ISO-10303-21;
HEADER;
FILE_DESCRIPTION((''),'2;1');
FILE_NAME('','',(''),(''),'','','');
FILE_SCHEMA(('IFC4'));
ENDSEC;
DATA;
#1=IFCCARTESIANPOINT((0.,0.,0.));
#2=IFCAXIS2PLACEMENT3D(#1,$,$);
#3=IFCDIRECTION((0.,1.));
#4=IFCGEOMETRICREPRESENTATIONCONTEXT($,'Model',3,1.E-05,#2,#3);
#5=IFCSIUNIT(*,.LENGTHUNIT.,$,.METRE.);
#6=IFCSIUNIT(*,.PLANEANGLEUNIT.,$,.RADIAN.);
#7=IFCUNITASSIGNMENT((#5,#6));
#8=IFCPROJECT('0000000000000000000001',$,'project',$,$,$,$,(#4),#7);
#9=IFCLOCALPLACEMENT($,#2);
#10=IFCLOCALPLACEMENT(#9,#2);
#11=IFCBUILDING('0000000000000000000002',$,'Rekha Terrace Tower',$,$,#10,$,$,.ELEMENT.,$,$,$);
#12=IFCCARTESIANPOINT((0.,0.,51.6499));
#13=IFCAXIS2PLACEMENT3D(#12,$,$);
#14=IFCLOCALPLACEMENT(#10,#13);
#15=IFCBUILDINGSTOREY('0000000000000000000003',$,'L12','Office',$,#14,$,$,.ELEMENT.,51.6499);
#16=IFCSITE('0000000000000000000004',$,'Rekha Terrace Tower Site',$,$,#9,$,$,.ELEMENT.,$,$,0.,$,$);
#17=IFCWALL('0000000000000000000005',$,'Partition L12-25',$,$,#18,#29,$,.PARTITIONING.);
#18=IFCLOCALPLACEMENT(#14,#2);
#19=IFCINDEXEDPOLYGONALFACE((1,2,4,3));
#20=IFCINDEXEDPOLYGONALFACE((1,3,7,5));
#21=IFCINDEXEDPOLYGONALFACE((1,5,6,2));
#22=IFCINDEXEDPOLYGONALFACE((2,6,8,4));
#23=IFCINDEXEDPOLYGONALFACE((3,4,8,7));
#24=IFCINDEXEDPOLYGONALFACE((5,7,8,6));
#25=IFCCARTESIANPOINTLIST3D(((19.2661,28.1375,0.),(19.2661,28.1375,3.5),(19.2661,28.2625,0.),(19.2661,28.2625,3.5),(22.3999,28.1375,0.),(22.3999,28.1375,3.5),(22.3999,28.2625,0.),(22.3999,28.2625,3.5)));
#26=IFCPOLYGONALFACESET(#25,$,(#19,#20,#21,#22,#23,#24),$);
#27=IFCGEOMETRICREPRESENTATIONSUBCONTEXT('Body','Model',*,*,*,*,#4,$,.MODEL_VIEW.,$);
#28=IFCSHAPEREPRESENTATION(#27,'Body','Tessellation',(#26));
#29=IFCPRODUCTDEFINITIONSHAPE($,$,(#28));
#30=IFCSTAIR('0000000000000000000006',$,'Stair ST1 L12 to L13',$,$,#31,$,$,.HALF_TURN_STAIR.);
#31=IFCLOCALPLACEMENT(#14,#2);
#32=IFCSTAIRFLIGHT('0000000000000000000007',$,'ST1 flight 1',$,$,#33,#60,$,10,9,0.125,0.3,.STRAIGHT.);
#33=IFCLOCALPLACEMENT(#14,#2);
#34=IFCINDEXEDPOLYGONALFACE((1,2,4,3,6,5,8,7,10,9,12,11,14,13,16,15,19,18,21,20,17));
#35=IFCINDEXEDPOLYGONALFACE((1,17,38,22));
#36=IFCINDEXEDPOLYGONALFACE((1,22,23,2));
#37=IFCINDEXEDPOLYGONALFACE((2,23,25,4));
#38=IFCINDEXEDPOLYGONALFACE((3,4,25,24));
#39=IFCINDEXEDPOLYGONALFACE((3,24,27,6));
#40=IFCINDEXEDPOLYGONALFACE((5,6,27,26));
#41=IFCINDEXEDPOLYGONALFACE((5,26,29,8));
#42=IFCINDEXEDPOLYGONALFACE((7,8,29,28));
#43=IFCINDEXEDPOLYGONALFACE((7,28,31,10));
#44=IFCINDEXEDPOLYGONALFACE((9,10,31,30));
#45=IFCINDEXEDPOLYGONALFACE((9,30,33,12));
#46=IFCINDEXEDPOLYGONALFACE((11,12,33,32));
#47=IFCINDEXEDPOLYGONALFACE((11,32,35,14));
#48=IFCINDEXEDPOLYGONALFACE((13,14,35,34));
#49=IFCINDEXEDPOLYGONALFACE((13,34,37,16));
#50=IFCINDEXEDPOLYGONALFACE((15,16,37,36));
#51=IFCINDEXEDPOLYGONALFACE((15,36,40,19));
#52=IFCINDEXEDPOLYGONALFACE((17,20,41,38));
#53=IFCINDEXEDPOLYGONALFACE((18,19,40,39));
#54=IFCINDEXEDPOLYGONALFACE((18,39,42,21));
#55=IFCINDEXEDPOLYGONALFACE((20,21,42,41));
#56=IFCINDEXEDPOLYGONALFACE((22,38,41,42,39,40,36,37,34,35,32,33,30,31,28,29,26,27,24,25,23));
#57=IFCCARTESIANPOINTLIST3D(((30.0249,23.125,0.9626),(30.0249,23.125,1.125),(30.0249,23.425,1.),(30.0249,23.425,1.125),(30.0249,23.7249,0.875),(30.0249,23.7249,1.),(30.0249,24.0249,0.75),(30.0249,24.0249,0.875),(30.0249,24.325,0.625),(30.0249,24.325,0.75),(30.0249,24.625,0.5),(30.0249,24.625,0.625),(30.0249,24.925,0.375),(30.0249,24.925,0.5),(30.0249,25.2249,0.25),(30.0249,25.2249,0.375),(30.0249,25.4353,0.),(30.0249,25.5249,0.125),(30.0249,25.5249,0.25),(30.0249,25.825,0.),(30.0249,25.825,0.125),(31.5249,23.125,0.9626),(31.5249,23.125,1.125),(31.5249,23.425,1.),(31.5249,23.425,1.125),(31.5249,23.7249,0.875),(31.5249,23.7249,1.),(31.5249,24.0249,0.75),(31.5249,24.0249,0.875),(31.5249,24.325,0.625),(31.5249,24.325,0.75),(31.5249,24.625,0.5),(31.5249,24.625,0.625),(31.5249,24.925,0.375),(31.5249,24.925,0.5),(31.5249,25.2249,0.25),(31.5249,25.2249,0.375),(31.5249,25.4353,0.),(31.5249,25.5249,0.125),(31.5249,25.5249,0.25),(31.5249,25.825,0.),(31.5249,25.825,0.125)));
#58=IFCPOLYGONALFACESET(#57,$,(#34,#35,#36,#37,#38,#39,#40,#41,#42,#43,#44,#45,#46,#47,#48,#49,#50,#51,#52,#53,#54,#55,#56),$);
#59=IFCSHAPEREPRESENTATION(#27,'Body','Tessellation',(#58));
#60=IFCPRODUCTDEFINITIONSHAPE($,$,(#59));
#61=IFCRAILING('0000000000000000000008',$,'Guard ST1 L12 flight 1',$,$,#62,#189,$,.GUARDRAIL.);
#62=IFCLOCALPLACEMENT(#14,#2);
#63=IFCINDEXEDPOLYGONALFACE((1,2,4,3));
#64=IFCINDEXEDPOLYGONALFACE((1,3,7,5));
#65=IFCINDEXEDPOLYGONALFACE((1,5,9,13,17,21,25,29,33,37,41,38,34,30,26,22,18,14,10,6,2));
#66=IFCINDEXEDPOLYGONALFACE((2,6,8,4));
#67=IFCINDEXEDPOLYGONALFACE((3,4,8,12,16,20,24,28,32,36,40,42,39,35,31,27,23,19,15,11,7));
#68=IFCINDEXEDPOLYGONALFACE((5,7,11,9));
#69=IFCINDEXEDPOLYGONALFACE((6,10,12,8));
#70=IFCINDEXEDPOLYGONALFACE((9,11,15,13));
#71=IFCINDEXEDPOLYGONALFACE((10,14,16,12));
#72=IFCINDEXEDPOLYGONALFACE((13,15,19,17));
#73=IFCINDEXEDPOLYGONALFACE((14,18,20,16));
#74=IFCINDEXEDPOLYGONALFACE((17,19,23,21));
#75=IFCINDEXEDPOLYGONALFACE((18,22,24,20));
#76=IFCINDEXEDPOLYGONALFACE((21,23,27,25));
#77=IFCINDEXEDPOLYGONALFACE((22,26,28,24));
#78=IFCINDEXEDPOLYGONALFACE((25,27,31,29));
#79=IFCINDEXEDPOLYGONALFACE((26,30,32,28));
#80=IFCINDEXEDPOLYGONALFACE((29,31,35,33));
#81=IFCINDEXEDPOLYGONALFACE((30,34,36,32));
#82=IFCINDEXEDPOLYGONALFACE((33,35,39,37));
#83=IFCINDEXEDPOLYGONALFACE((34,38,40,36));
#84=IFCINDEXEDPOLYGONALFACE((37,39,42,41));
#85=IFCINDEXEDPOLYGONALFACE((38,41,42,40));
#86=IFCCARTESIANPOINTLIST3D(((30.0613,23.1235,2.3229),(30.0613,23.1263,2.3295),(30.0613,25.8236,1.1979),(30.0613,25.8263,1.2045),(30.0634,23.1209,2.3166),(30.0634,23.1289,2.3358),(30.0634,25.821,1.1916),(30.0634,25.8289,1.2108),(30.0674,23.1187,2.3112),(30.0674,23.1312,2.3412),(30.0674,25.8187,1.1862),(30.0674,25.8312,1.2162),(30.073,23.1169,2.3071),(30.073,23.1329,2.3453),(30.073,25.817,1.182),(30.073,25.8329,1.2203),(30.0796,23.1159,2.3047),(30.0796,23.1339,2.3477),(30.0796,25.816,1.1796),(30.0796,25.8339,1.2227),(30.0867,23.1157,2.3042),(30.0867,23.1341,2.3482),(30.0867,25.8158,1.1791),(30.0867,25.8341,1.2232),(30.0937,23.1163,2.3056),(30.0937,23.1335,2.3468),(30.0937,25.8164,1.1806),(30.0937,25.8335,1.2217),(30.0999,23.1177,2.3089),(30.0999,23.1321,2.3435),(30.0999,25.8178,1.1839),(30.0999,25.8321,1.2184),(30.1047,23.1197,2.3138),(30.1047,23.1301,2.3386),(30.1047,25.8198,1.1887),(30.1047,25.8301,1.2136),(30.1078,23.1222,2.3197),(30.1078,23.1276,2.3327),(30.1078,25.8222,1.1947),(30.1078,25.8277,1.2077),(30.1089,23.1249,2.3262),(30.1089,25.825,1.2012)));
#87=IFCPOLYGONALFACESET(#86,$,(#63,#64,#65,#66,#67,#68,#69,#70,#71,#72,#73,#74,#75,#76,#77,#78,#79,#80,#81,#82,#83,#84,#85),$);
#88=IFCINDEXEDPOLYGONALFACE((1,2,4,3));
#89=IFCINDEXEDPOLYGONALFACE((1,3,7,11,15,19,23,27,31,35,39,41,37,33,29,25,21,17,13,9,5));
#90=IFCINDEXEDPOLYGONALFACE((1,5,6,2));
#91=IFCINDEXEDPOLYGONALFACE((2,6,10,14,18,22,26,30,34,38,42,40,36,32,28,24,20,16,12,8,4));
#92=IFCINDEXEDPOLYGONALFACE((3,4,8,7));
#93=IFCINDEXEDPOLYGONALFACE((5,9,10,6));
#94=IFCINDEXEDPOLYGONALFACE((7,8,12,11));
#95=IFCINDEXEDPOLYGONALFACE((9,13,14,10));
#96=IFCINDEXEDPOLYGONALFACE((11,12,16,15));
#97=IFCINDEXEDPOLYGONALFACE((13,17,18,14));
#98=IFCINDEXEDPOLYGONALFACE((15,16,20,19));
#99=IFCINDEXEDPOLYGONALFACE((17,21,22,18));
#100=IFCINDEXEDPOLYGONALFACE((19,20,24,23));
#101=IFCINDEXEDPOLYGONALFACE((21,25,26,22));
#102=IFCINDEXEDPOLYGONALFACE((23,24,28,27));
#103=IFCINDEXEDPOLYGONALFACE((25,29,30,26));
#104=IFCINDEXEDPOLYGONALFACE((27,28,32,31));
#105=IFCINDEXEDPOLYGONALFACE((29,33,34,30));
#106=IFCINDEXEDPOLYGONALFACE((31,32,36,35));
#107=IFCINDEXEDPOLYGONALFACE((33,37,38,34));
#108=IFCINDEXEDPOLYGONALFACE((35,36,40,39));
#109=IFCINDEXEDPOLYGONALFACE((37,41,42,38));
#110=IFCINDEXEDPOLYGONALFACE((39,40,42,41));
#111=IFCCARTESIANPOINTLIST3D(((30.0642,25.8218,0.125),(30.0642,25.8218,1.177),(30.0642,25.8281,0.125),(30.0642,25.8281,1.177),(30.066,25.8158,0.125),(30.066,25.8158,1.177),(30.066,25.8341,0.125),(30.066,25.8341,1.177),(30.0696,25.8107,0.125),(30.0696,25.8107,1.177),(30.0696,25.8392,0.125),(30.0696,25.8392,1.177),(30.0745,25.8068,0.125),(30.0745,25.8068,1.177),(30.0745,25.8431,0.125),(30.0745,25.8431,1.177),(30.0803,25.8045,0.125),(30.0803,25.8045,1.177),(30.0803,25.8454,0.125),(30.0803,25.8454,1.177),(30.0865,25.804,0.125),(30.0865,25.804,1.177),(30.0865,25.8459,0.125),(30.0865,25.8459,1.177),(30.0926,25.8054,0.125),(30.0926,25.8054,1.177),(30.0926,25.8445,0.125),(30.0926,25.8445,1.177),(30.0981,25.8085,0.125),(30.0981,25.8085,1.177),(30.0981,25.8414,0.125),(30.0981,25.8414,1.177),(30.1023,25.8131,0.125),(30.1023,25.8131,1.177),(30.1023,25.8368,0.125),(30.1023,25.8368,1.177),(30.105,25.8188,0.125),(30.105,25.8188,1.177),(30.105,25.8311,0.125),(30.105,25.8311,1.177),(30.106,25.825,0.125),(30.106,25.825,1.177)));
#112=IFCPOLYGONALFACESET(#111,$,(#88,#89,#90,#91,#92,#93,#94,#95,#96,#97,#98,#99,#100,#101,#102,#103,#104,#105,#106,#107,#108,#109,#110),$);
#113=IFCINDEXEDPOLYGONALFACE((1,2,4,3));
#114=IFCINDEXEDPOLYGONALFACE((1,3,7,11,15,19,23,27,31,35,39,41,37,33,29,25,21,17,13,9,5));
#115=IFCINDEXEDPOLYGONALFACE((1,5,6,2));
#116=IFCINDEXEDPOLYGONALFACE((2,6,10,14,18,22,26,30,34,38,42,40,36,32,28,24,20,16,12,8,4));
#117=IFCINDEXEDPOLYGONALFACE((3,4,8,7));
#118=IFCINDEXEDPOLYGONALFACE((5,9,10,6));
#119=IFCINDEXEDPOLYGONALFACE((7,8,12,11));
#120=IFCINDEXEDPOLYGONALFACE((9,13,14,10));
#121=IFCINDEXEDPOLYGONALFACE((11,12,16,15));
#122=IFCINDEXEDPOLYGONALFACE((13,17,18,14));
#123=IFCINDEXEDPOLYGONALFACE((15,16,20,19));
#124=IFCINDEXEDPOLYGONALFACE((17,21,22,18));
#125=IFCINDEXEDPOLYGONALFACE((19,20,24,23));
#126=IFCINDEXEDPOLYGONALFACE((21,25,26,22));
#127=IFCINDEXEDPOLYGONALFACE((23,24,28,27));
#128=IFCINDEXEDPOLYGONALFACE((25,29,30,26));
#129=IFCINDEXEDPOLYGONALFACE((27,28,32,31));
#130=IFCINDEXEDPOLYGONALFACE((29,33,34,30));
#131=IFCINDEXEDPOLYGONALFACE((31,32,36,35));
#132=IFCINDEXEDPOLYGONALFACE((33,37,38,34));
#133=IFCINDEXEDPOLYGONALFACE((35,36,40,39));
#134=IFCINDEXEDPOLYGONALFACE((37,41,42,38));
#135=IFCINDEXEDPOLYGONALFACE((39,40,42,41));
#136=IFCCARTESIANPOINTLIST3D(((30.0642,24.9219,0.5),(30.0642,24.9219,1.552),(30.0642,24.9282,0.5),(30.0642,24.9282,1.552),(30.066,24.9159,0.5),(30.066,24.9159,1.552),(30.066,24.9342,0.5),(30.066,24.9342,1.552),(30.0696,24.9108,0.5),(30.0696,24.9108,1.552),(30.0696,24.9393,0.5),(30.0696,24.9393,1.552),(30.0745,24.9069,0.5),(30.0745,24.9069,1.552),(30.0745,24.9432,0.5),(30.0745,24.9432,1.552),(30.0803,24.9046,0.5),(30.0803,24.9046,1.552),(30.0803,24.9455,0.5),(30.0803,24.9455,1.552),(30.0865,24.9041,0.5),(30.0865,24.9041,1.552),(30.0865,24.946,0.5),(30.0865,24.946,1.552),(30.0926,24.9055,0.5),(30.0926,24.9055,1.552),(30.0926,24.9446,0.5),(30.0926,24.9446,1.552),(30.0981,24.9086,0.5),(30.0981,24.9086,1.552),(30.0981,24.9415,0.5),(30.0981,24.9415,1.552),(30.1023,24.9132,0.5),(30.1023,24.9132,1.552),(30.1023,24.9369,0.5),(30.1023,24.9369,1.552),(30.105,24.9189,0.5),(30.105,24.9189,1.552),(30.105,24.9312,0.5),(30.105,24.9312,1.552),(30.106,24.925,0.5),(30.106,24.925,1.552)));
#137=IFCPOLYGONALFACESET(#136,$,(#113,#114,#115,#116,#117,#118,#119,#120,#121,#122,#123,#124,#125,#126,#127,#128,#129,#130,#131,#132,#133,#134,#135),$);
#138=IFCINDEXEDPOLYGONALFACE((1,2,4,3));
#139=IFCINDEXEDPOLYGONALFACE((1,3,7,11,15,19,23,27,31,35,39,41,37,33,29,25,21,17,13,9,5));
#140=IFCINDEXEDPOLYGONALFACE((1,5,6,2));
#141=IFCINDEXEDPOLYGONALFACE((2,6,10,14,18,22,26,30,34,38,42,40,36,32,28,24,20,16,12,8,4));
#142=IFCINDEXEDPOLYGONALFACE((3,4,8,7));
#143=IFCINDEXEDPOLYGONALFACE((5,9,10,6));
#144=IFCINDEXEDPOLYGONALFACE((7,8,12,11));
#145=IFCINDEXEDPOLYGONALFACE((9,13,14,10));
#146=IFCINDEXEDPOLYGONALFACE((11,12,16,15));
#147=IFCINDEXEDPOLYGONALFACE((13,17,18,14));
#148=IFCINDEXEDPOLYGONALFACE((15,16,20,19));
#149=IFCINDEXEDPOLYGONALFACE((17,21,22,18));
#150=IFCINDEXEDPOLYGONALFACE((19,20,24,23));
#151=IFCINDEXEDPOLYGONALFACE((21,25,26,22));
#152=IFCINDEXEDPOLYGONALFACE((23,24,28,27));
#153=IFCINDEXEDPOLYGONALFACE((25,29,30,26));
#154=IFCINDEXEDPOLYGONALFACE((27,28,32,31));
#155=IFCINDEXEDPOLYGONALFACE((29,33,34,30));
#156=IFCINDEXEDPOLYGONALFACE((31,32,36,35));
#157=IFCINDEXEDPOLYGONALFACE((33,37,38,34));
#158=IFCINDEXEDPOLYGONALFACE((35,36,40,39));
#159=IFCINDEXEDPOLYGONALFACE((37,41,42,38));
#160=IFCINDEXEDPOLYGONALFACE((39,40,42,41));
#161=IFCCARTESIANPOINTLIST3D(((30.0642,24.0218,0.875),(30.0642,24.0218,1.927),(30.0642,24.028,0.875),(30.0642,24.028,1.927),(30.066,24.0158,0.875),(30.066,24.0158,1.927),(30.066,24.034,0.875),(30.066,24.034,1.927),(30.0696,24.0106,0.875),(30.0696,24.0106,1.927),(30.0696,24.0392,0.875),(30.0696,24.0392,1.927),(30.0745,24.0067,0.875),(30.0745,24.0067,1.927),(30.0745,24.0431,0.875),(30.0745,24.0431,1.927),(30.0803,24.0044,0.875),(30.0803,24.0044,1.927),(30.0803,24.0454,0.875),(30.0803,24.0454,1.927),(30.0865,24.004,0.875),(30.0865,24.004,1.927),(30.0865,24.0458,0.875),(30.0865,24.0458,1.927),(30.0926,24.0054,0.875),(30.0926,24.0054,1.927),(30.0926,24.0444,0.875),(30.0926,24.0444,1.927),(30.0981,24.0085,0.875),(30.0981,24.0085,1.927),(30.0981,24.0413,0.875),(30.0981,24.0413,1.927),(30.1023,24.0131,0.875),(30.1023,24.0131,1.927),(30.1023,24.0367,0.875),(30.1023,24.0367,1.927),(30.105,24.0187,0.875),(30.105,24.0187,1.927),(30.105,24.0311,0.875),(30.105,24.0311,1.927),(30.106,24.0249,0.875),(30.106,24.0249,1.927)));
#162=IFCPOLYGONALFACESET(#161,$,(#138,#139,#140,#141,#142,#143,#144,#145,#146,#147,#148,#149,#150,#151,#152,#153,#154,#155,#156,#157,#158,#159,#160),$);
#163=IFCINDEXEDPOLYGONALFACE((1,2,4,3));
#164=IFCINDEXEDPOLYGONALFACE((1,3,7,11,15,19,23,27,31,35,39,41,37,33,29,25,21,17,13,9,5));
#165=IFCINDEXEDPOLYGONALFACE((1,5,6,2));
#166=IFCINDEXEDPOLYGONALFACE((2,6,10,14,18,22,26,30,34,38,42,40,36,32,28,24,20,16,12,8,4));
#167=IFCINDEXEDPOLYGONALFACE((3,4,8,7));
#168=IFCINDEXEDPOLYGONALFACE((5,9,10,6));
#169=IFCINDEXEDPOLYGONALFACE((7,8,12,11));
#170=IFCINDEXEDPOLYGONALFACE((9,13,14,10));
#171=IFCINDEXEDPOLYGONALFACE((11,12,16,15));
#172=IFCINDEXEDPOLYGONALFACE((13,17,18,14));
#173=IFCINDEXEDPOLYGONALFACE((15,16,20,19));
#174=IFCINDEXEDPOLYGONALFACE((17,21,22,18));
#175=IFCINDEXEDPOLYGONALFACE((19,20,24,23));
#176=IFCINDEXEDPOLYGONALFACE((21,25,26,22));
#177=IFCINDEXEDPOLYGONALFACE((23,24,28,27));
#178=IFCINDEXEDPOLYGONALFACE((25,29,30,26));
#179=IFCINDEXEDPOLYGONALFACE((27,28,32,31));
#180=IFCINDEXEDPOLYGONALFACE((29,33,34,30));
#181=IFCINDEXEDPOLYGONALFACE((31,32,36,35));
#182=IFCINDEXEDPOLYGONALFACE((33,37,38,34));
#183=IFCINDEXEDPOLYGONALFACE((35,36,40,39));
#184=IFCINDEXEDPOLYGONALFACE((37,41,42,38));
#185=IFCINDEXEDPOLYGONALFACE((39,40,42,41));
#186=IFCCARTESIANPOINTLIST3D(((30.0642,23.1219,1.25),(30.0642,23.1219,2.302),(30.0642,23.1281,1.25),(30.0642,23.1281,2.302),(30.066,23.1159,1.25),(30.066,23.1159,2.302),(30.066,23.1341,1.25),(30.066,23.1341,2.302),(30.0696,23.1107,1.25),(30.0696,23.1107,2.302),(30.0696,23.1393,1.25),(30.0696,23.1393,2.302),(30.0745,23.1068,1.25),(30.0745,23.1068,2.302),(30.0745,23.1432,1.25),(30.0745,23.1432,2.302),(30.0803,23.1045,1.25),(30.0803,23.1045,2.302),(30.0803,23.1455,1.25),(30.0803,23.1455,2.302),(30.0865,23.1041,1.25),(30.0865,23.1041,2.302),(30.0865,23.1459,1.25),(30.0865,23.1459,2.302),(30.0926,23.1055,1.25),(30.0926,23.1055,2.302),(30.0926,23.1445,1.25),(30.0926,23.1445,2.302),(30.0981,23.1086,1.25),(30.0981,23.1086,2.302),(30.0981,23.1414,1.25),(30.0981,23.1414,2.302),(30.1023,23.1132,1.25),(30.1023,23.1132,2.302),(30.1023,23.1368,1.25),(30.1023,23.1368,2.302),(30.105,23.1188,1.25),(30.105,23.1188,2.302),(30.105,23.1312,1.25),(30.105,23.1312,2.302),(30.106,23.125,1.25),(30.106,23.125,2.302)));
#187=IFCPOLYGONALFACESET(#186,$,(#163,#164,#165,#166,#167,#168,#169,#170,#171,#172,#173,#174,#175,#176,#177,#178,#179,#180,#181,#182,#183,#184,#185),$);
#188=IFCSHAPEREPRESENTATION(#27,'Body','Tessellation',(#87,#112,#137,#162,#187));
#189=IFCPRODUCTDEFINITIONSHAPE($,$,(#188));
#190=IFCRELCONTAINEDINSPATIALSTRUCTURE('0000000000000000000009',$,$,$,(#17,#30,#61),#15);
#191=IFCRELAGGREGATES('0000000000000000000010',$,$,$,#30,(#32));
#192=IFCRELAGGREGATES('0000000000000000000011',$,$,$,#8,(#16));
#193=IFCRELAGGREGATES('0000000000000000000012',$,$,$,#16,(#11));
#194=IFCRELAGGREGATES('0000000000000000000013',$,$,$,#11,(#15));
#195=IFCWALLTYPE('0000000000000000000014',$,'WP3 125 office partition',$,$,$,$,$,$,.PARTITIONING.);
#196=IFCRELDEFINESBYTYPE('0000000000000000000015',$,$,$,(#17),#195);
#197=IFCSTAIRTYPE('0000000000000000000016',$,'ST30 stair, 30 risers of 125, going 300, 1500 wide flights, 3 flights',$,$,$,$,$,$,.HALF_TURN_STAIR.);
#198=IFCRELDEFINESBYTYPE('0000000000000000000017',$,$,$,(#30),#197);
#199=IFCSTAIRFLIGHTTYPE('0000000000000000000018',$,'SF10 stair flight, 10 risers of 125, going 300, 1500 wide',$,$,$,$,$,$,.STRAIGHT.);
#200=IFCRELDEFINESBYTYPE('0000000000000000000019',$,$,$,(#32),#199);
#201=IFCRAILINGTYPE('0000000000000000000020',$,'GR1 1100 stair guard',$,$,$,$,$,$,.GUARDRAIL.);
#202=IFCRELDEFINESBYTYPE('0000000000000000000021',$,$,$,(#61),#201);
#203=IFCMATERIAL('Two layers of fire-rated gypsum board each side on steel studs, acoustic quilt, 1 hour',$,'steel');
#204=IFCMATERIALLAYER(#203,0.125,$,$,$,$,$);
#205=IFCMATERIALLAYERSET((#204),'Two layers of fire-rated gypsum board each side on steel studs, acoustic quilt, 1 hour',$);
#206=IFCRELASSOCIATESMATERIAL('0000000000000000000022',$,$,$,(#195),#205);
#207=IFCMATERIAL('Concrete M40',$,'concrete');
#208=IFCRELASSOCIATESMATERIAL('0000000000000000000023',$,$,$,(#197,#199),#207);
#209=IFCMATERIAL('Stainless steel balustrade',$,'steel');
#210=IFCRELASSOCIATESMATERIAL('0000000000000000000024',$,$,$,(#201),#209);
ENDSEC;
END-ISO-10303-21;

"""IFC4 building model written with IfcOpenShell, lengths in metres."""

from ifc_helpers import new_model, si_unit, direction, frame, frame_2d, origin, origin_2d, place, context, subcontext, project, spatial, polyline, rectangle, circle, outline, extrude, material, layer, layer_set, type_object, element, aggregate, save


model = new_model("IFC4")

# Units and contexts
model_context = context("Model", 3, precision=1e-05, world=origin(), true_north=direction((0.0, 1.0)))
body_context = subcontext(model_context, "Body", "Model", "MODEL_VIEW")
ifc_project = project(units=[si_unit("LENGTHUNIT", "METRE"), si_unit("PLANEANGLEUNIT", "RADIAN")], contexts=[model_context])

# Site, building, storey
site_placement = place(None, origin())
site = spatial("IfcSite", under=ifc_project, at=site_placement, Name="Rekha Terrace Tower Site", CompositionType="ELEMENT", RefElevation=0.0)
building_placement = place(site_placement, origin())
building = spatial("IfcBuilding", under=site, at=building_placement, Name="Rekha Terrace Tower", CompositionType="ELEMENT")
storey_placement = place(building_placement, frame((0.0, 0.0, 51.6499)))
storey = spatial("IfcBuildingStorey", under=building, at=storey_placement, Name="L12", Description="Office", CompositionType="ELEMENT", Elevation=51.6499)

# Shared definitions
ifc_material_1 = material(Name="Two layers of fire-rated gypsum board each side on steel studs, acoustic quilt, 1 hour", Category="steel")
ifc_layer_1 = layer(ifc_material_1, 0.125)
ifc_layer_set_1 = layer_set([ifc_layer_1], Name="Two layers of fire-rated gypsum board each side on steel studs, acoustic quilt, 1 hour")
wall_type_1 = type_object("IfcWallType", Name="WP3 125 office partition", PredefinedType="PARTITIONING", material=ifc_layer_set_1)

# Wall
wall_1_placement = place(storey_placement, frame((19.2661, 28.2, 0.0), z_axis=(0.0, 0.0, 1.0), x_axis=(1.0, 0.0, 0.0)))
element("IfcWall", 1, at=wall_1_placement, inside=storey, type_object=wall_type_1, Name="Partition L12-25", PredefinedType="PARTITIONING", context=body_context, shape_type="SweptSolid", body=[
    extrude(rectangle(XDim=3.1338, YDim=0.125, at=frame_2d((1.5669, 0.0))), origin(), (0.0, 0.0, 1.0), 3.5),
])

# Stair, stair flight
ifc_material_2 = material(Name="Concrete M40", Category="concrete")
stair_type = type_object("IfcStairType", Name="ST30 stair, 30 risers of 125, going 300, 1500 wide flights, 3 flights", PredefinedType="HALF_TURN_STAIR", material=ifc_material_2)
stair_placement = place(storey_placement, origin())
stair = element("IfcStair", 2, at=stair_placement, inside=storey, type_object=stair_type, Name="Stair ST1 L12 to L13", PredefinedType="HALF_TURN_STAIR")
stair_flight_type = type_object("IfcStairFlightType", Name="SF10 stair flight, 10 risers of 125, going 300, 1500 wide", PredefinedType="STRAIGHT", material=ifc_material_2)
stair_flight_placement = place(storey_placement, frame((30.7749, 25.825, 0.0), z_axis=(0.0, 0.0, 1.0), x_axis=(0.0, -1.0, 0.0)))
stair_flight = element("IfcStairFlight", 3, at=stair_flight_placement, type_object=stair_flight_type, Name="ST1 flight 1", NumberOfRisers=10, NumberOfTreads=9, PredefinedType="STRAIGHT", RiserHeight=0.125, TreadLength=0.3, context=body_context, shape_type="SweptSolid", body=[
    extrude(outline(polyline([(0.0, 0.0), (0.0, 0.125), (0.3, 0.125), (0.3, 0.25), (0.6001, 0.25), (0.6001, 0.375), (0.8999, 0.375), (0.8999, 0.5), (1.2, 0.5), (1.2, 0.625), (1.5, 0.625), (1.5, 0.75), (1.8, 0.75), (1.8, 0.875), (2.1001, 0.875), (2.1001, 1.0), (2.3999, 1.0), (2.3999, 1.125), (2.7, 1.125), (2.7, 1.25), (2.7, 0.9626), (0.3896, 0.0), (0.0, 0.0)])), frame((0.0, 0.75, 0.0), z_axis=(0.0, -1.0, 0.0), x_axis=(1.0, 0.0, 0.0)), (0.0, 0.0, 1.0), 1.5),
])
aggregate(stair, [stair_flight])

# Railing
ifc_material_3 = material(Name="Stainless steel balustrade", Category="steel")
railing_type_1 = type_object("IfcRailingType", Name="GR1 1100 stair guard", PredefinedType="GUARDRAIL", material=ifc_material_3)
railing_1_placement = place(storey_placement, frame((30.085, 25.825, 0.125)))
element("IfcRailing", 4, at=railing_1_placement, inside=storey, type_object=railing_type_1, Name="Guard ST1 L12 flight 1", PredefinedType="GUARDRAIL", context=body_context, shape_type="SweptSolid", body=[
    extrude(circle(Radius=0.0239, at=origin_2d()), frame((0.0, 0.0, 1.0762), z_axis=(0.0, -0.923074, 0.384621), x_axis=(1.0, 0.0, 0.0)), (0.0, 0.0, 1.0), 2.925),
    extrude(circle(Radius=0.021, at=origin_2d()), origin(), (0.0, 0.0, 1.0), 1.052),
    extrude(circle(Radius=0.021, at=origin_2d()), frame((0.0, -0.8999, 0.375)), (0.0, 0.0, 1.0), 1.052),
    extrude(circle(Radius=0.021, at=origin_2d()), frame((0.0, -1.8, 0.75)), (0.0, 0.0, 1.0), 1.052),
    extrude(circle(Radius=0.021, at=origin_2d()), frame((0.0, -2.7, 1.125)), (0.0, 0.0, 1.0), 1.052),
])

save(model, "model.ifc")
